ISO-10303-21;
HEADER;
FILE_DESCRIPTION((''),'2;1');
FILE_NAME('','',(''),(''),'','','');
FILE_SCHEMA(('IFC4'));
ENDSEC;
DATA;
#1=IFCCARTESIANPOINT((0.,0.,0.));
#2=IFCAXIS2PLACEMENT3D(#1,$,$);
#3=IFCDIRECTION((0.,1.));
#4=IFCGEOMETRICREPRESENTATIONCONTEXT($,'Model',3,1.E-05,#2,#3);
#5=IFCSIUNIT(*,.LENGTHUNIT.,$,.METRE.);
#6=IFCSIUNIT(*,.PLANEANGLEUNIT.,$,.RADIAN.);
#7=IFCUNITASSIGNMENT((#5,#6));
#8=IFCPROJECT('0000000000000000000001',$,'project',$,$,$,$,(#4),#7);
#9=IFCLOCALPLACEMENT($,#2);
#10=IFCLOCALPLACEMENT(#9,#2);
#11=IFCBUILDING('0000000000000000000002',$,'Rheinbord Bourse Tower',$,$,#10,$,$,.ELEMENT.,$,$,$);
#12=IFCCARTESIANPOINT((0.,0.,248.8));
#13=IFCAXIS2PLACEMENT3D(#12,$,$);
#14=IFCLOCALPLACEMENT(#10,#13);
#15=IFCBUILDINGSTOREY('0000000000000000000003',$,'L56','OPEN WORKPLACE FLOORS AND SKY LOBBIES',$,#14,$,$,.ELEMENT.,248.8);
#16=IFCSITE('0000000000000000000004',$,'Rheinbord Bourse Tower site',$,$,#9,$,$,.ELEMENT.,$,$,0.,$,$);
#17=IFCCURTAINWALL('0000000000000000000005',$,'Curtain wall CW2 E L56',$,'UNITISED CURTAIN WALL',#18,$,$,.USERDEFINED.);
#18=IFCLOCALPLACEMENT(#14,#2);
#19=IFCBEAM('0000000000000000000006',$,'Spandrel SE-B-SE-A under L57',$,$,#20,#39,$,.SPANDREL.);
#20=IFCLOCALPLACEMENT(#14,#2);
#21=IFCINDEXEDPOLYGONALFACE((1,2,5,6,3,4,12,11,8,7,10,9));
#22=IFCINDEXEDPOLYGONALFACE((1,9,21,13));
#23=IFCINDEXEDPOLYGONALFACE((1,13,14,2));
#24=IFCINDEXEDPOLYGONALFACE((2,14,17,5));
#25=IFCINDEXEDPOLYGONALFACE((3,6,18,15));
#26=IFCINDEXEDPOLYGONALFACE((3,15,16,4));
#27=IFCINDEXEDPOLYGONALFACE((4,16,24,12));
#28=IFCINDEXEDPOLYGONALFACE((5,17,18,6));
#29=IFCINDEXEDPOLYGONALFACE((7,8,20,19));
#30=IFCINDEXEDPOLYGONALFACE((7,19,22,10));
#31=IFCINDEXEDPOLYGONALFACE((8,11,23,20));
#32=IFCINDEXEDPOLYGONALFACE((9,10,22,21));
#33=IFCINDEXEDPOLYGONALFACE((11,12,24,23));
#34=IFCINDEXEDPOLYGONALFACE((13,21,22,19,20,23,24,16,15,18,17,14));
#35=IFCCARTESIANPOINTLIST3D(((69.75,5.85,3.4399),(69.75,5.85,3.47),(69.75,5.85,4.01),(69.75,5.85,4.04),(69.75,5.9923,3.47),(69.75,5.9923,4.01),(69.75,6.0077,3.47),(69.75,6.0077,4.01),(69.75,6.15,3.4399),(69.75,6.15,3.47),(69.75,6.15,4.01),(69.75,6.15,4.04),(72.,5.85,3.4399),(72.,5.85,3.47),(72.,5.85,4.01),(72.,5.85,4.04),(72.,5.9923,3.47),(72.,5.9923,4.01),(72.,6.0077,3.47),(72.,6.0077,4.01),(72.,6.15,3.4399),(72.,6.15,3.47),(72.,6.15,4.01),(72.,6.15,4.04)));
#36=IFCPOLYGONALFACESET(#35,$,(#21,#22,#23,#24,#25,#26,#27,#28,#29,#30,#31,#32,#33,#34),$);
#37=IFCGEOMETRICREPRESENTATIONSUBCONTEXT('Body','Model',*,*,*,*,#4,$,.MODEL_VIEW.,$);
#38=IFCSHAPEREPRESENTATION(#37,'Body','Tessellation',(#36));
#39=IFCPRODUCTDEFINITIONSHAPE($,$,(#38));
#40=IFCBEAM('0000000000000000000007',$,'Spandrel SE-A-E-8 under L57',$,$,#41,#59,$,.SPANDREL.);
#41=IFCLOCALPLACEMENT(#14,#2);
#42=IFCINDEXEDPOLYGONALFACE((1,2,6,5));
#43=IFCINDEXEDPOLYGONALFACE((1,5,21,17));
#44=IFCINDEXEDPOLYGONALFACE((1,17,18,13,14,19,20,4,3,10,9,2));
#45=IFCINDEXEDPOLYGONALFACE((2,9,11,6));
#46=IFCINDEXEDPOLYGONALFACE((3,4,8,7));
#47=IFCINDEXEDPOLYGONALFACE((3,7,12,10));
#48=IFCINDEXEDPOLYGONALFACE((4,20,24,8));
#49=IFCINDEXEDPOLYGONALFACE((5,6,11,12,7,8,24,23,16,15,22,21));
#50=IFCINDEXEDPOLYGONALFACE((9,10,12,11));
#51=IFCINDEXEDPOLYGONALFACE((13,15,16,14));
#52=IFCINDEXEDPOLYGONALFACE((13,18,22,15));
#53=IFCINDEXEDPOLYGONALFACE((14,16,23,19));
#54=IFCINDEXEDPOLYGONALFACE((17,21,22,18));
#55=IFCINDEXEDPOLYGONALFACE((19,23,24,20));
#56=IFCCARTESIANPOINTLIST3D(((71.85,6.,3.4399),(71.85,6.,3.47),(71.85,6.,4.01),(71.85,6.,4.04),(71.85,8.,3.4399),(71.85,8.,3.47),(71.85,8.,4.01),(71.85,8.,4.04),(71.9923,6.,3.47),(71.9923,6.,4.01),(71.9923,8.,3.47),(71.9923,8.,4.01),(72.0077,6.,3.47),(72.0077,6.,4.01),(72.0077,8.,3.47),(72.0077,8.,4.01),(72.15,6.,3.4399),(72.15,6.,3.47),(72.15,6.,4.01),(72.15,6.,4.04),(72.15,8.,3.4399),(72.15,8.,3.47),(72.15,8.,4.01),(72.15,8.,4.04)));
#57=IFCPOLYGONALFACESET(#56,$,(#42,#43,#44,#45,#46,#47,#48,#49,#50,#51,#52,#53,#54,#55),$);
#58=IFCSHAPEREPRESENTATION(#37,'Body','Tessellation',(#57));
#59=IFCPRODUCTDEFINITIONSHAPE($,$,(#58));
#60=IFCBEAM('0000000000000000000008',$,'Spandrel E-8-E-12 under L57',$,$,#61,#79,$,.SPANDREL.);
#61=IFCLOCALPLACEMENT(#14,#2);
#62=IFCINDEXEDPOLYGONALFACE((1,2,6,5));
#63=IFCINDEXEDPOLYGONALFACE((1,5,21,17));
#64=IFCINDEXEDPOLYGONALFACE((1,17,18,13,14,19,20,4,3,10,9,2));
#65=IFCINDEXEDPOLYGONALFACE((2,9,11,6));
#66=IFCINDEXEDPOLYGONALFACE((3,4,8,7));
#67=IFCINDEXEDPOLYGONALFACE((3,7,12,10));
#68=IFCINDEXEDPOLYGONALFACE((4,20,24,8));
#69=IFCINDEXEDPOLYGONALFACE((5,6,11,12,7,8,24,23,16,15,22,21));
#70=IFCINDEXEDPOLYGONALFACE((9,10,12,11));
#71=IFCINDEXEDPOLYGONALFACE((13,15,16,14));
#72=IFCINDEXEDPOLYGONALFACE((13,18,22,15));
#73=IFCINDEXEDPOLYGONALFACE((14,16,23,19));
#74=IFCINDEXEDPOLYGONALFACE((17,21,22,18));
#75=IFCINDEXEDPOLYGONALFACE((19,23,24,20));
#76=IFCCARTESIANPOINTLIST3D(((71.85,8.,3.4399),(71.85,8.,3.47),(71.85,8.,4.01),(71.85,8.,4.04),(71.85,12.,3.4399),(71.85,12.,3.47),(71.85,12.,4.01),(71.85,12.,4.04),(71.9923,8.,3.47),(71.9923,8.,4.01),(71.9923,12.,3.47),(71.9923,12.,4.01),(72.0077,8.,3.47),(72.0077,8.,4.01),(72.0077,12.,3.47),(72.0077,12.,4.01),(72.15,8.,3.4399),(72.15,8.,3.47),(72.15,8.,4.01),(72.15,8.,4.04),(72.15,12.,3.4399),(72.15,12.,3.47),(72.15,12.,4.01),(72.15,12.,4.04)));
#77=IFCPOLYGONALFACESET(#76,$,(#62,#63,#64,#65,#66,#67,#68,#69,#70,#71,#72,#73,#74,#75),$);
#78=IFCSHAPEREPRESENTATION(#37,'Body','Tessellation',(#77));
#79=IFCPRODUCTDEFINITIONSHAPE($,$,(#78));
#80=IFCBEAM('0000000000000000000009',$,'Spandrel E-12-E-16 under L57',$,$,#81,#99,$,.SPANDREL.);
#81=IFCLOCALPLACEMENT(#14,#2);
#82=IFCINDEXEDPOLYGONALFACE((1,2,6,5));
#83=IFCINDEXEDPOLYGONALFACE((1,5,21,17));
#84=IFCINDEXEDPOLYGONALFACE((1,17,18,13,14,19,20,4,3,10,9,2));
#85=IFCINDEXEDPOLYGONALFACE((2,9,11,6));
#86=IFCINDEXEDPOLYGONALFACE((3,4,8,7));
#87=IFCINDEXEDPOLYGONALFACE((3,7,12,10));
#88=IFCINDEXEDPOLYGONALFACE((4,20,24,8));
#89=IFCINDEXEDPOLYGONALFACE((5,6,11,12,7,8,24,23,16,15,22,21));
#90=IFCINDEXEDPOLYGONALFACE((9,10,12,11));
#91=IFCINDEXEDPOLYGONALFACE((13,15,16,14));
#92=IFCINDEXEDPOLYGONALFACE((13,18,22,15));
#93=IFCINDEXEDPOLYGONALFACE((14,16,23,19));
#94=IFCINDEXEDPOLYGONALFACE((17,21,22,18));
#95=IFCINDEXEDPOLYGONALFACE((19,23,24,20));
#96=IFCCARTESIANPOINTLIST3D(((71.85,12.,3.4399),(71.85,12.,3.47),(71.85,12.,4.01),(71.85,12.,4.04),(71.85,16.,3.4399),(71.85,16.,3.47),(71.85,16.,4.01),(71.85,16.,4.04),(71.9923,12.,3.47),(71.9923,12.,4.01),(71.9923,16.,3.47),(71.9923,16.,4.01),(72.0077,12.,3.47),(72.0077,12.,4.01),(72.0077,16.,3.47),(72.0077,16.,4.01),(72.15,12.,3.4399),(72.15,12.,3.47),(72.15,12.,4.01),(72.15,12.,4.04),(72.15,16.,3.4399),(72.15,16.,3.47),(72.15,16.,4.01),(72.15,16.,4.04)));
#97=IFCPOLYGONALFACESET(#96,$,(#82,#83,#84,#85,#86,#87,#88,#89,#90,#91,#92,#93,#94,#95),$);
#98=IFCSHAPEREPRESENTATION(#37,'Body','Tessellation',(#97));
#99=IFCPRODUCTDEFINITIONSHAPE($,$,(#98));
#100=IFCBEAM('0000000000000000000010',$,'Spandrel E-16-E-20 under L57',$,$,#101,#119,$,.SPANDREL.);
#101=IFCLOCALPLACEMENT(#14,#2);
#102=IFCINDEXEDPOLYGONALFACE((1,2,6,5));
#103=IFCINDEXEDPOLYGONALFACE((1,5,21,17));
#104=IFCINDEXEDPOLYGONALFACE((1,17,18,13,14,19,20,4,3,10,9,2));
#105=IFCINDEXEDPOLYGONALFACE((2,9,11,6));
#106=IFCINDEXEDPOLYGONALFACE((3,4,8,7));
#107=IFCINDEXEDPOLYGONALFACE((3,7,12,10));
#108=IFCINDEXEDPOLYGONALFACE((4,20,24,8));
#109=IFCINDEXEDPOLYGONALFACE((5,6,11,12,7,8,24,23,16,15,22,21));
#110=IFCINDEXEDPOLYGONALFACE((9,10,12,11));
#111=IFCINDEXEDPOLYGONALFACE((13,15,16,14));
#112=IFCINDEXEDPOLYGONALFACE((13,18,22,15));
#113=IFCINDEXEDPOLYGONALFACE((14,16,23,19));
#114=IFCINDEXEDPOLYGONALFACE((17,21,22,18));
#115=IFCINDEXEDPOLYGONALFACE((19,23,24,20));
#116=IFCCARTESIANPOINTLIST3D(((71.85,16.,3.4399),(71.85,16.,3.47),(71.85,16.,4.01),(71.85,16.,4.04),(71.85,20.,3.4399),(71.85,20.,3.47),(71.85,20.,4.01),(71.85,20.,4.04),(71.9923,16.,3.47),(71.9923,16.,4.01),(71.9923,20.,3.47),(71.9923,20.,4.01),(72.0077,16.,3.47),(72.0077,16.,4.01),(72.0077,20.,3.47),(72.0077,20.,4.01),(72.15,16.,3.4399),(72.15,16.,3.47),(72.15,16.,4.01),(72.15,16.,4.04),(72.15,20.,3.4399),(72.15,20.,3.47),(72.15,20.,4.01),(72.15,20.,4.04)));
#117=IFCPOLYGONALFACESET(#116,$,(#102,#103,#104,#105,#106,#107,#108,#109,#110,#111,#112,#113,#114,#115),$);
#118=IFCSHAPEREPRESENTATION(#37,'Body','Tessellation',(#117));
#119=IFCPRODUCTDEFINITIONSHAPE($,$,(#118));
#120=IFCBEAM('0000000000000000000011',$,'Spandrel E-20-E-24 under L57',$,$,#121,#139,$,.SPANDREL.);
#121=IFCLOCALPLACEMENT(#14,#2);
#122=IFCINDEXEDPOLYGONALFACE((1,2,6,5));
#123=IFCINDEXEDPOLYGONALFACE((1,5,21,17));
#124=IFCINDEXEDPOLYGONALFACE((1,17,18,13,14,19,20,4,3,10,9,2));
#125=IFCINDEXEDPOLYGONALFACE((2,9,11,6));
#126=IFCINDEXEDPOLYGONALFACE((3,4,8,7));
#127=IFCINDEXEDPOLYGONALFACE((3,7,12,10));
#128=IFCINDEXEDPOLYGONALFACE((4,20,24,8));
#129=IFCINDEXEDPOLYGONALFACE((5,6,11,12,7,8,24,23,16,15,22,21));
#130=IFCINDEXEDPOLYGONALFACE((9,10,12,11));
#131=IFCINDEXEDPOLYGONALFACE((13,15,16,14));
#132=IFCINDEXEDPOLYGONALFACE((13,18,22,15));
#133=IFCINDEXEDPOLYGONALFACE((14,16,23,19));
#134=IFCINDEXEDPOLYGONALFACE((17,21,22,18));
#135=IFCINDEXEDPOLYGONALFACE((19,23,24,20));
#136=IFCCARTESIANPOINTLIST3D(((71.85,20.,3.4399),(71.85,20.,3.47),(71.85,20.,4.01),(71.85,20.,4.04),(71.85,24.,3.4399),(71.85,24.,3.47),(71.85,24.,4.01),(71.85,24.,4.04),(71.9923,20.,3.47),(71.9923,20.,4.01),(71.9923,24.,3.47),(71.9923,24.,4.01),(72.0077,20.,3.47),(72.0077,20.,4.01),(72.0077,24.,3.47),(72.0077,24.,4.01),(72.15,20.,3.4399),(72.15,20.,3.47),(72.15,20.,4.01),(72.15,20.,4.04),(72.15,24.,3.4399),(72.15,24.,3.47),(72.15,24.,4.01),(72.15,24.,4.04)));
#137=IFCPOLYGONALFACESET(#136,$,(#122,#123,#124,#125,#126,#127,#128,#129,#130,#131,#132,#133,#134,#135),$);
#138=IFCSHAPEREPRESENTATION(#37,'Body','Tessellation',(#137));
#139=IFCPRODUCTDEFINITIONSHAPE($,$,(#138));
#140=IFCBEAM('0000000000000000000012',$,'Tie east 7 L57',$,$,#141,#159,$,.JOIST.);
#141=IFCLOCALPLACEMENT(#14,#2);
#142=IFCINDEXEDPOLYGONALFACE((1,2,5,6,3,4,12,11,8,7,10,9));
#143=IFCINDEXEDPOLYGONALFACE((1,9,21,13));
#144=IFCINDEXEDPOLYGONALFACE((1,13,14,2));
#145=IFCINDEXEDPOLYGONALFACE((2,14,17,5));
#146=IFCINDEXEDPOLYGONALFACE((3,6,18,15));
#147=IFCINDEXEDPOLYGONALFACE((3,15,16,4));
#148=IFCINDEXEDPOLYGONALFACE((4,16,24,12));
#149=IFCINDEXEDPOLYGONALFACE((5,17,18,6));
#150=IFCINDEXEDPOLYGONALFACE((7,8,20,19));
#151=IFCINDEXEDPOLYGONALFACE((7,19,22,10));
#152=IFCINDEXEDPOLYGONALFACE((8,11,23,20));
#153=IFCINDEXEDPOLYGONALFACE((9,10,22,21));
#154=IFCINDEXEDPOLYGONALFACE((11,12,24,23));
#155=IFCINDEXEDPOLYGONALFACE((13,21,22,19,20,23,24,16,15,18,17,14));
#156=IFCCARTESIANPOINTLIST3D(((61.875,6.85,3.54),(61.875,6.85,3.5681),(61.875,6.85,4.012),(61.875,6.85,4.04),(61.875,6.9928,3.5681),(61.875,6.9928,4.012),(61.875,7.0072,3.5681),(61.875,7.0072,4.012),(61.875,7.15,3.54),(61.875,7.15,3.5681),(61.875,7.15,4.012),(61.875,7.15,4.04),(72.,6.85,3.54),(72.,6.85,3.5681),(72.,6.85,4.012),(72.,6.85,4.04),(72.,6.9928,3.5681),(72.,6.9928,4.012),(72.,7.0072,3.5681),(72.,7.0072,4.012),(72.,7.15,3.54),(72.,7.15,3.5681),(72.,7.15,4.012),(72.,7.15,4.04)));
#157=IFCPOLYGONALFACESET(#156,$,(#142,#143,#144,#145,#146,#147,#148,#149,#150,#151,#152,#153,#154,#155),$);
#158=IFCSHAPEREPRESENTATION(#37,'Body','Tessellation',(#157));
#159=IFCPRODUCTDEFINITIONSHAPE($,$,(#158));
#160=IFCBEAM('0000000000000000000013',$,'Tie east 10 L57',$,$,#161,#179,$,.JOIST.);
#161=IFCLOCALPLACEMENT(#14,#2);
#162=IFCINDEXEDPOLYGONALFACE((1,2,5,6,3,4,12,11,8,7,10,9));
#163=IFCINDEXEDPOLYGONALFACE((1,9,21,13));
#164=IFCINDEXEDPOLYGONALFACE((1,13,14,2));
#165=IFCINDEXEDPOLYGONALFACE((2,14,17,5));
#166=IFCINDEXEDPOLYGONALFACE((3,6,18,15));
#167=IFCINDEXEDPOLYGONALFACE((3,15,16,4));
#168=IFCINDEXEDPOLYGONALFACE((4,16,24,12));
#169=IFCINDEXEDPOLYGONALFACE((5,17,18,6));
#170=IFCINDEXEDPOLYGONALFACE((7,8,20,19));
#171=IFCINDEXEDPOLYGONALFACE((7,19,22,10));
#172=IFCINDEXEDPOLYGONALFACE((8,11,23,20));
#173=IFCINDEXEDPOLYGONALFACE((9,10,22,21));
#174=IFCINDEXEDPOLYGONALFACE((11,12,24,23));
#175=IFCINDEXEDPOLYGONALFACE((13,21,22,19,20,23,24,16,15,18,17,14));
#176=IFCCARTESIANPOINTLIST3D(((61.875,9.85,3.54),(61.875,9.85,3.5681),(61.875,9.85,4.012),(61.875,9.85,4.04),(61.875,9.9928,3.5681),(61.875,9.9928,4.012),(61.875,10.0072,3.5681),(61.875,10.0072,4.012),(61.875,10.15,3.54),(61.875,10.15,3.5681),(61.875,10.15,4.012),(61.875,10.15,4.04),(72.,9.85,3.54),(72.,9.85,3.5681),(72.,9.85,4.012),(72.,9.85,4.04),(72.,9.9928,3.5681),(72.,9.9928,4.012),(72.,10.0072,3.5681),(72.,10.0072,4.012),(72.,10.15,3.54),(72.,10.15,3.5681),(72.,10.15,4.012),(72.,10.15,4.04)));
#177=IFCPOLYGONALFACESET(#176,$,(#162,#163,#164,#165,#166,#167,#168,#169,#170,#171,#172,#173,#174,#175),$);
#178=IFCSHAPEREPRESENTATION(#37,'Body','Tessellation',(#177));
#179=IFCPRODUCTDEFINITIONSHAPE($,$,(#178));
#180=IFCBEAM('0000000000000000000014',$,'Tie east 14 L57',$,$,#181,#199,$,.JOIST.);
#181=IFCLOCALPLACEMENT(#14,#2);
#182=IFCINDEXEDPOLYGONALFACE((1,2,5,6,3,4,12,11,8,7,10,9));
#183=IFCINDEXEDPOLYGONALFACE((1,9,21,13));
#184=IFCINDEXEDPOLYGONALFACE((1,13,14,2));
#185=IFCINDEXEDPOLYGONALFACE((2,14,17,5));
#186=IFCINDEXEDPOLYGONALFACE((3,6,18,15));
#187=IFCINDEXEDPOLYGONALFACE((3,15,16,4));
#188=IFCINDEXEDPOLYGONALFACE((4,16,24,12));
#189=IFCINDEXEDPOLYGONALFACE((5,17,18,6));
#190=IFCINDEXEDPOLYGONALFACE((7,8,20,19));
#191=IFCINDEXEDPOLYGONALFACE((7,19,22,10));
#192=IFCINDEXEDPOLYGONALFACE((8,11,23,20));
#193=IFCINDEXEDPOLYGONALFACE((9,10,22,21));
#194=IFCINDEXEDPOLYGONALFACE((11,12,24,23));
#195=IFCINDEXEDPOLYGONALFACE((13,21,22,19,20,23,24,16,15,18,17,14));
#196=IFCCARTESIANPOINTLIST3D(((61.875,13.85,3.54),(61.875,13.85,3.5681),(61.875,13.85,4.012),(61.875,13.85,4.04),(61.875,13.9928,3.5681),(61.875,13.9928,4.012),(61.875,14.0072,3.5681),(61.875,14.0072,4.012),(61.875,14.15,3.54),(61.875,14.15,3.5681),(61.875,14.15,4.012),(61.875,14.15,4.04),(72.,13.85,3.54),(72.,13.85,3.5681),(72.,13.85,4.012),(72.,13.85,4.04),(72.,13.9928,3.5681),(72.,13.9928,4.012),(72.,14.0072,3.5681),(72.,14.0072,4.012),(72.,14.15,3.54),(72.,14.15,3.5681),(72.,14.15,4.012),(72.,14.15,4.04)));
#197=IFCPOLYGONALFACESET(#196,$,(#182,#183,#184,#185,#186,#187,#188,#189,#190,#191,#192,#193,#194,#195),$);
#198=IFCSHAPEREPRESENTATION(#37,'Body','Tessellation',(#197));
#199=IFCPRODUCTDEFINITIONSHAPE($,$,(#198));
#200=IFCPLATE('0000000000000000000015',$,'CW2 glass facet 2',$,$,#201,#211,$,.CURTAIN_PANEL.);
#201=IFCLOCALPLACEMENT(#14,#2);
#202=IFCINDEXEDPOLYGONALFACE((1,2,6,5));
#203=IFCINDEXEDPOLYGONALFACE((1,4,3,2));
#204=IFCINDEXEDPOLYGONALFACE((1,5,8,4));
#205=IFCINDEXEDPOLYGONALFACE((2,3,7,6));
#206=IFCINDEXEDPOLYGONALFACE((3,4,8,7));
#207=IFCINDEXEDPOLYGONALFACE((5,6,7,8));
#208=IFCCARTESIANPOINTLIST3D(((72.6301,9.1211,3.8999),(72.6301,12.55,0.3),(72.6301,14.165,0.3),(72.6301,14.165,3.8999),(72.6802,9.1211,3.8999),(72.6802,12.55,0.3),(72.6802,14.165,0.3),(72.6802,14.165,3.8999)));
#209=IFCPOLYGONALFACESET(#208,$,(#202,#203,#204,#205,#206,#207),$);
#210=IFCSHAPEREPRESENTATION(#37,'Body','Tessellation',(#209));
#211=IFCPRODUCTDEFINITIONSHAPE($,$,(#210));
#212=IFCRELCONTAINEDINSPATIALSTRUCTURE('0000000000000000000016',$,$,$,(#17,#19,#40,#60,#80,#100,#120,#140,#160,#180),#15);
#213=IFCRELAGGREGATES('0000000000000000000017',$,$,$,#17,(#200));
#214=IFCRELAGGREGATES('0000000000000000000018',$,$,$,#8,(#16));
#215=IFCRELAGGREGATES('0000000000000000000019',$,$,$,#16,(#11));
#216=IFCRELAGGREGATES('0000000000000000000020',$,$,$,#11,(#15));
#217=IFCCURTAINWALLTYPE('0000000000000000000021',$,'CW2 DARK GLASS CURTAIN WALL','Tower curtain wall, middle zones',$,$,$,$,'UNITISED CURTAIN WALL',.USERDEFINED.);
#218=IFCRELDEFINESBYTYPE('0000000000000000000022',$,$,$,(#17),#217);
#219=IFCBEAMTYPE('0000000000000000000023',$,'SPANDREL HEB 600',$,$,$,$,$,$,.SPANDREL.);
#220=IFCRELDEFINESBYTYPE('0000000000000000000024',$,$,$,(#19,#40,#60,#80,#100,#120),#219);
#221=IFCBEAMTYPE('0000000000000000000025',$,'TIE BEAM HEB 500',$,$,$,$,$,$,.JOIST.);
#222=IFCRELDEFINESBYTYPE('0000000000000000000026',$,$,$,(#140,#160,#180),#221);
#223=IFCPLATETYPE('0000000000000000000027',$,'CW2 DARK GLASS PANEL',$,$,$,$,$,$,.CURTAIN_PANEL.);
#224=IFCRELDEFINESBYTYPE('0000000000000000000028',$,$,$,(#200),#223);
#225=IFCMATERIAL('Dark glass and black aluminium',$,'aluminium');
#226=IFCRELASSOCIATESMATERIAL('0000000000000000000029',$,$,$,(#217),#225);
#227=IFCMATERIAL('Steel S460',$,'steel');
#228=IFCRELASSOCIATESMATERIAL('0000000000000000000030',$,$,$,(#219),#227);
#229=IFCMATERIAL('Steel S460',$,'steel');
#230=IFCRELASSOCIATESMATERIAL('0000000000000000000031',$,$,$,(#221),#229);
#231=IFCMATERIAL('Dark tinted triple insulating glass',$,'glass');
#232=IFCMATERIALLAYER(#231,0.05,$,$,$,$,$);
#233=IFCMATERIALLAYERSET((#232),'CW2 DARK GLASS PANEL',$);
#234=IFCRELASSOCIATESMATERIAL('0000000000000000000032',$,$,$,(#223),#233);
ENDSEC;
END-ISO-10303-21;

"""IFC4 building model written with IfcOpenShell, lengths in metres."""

from ifc_helpers import new_model, si_unit, direction, frame, origin, origin_2d, place, context, subcontext, project, spatial, polyline, i_section, outline, extrude, material, layer, layer_set, material_profile, profile_set, type_object, element, aggregate, save


model = new_model("IFC4")

# Units and contexts
model_context = context("Model", 3, precision=1e-05, world=origin(), true_north=direction((0.0, 1.0)))
body_context = subcontext(model_context, "Body", "Model", "MODEL_VIEW")
ifc_project = project(units=[si_unit("LENGTHUNIT", "METRE"), si_unit("PLANEANGLEUNIT", "RADIAN")], contexts=[model_context])

# Site, building, storey
site_placement = place(None, origin())
site = spatial("IfcSite", under=ifc_project, at=site_placement, Name="Rheinbord Bourse Tower site", CompositionType="ELEMENT", RefElevation=0.0)
building_placement = place(site_placement, origin())
building = spatial("IfcBuilding", under=site, at=building_placement, Name="Rheinbord Bourse Tower", CompositionType="ELEMENT")
storey_placement = place(building_placement, frame((0.0, 0.0, 248.8)))
storey = spatial("IfcBuildingStorey", under=building, at=storey_placement, Name="L56", Description="OPEN WORKPLACE FLOORS AND SKY LOBBIES", CompositionType="ELEMENT", Elevation=248.8)

# Curtain wall
ifc_material_1 = material(Name="Dark glass and black aluminium", Category="aluminium")
curtain_wall_type = type_object("IfcCurtainWallType", Name="CW2 DARK GLASS CURTAIN WALL", Description="Tower curtain wall, middle zones", ElementType="UNITISED CURTAIN WALL", PredefinedType="USERDEFINED", material=ifc_material_1)
curtain_wall_placement = place(storey_placement, origin())
curtain_wall = element("IfcCurtainWall", 1, at=curtain_wall_placement, inside=storey, type_object=curtain_wall_type, Name="Curtain wall CW2 E L56", ObjectType="UNITISED CURTAIN WALL", PredefinedType="USERDEFINED")

# Beams
ifc_material_2 = material(Name="Steel S460", Category="steel")
ifc_material_profile_1 = material_profile(ifc_material_2, i_section(OverallWidth=0.3, OverallDepth=0.6001, WebThickness=0.0154, FlangeThickness=0.03, at=origin_2d()), Name="HEB 600")
ifc_profile_set_1 = profile_set([ifc_material_profile_1], Name="Steel S460")
beam_type_1 = type_object("IfcBeamType", Name="SPANDREL HEB 600", PredefinedType="SPANDREL", material=ifc_profile_set_1)
beam_1_placement = place(storey_placement, frame((69.75, 6.0, 3.74), z_axis=(1.0, 0.0, 0.0), x_axis=(0.0, 1.0, 0.0)))
element("IfcBeam", 2, at=beam_1_placement, inside=storey, type_object=beam_type_1, Name="Spandrel SE-B-SE-A under L57", PredefinedType="SPANDREL", context=body_context, shape_type="SweptSolid", body=[
    extrude(i_section(OverallWidth=0.3, OverallDepth=0.6001, WebThickness=0.0154, FlangeThickness=0.03, at=origin_2d()), origin(), (0.0, 0.0, 1.0), 2.25),
])
beam_2_placement = place(storey_placement, frame((72.0, 6.0, 3.74), z_axis=(0.0, 1.0, 0.0), x_axis=(-1.0, 0.0, 0.0)))
element("IfcBeam", 3, at=beam_2_placement, inside=storey, type_object=beam_type_1, Name="Spandrel SE-A-E-8 under L57", PredefinedType="SPANDREL", context=body_context, shape_type="SweptSolid", body=[
    extrude(i_section(OverallWidth=0.3, OverallDepth=0.6001, WebThickness=0.0154, FlangeThickness=0.03, at=origin_2d()), origin(), (0.0, 0.0, 1.0), 2.0),
])
for number, where, z_axis, x_axis, name in (
    (4, (72.0, 8.0, 3.74), (0.0, 1.0, 0.0), (-1.0, 0.0, 0.0), "Spandrel E-8-E-12 under L57"),
    (5, (72.0, 12.0, 3.74), (0.0, 1.0, 0.0), (-1.0, 0.0, 0.0), "Spandrel E-12-E-16 under L57"),
    (6, (72.0, 16.0, 3.74), (0.0, 1.0, 0.0), (-1.0, 0.0, 0.0), "Spandrel E-16-E-20 under L57"),
    (7, (72.0, 20.0, 3.74), (0.0, 1.0, 0.0), (-1.0, 0.0, 0.0), "Spandrel E-20-E-24 under L57"),
):
    element("IfcBeam", number, at=place(storey_placement, frame(where, z_axis=z_axis, x_axis=x_axis)), inside=storey, type_object=beam_type_1, Name=name, PredefinedType="SPANDREL", context=body_context, shape_type="SweptSolid", body=[
        extrude(i_section(OverallWidth=0.3, OverallDepth=0.6001, WebThickness=0.0154, FlangeThickness=0.03, at=origin_2d()), origin(), (0.0, 0.0, 1.0), 4.0),
    ])
ifc_material_3 = material(Name="Steel S460", Category="steel")
ifc_material_profile_2 = material_profile(ifc_material_3, i_section(OverallWidth=0.3, OverallDepth=0.5, WebThickness=0.0144, FlangeThickness=0.0281, at=origin_2d()), Name="HEB 500")
ifc_profile_set_2 = profile_set([ifc_material_profile_2], Name="Steel S460")
beam_type_2 = type_object("IfcBeamType", Name="TIE BEAM HEB 500", PredefinedType="JOIST", material=ifc_profile_set_2)
for number, where, z_axis, x_axis, name in (
    (8, (61.875, 7.0, 3.79), (1.0, 0.0, 0.0), (0.0, 1.0, 0.0), "Tie east 7 L57"),
    (9, (61.875, 10.0, 3.79), (1.0, 0.0, 0.0), (0.0, 1.0, 0.0), "Tie east 10 L57"),
    (10, (61.875, 14.0, 3.79), (1.0, 0.0, 0.0), (0.0, 1.0, 0.0), "Tie east 14 L57"),
):
    element("IfcBeam", number, at=place(storey_placement, frame(where, z_axis=z_axis, x_axis=x_axis)), inside=storey, type_object=beam_type_2, Name=name, PredefinedType="JOIST", context=body_context, shape_type="SweptSolid", body=[
        extrude(i_section(OverallWidth=0.3, OverallDepth=0.5, WebThickness=0.0144, FlangeThickness=0.0281, at=origin_2d()), origin(), (0.0, 0.0, 1.0), 10.125),
    ])

# Plate
ifc_material_4 = material(Name="Dark tinted triple insulating glass", Category="glass")
ifc_layer_1 = layer(ifc_material_4, 0.05)
ifc_layer_set_1 = layer_set([ifc_layer_1], Name="CW2 DARK GLASS PANEL")
plate_type = type_object("IfcPlateType", Name="CW2 DARK GLASS PANEL", PredefinedType="CURTAIN_PANEL", material=ifc_layer_set_1)
plate_1_placement = place(storey_placement, frame((72.6802, 14.165, 3.8999), z_axis=(-1.0, 0.0, 0.0), x_axis=(0.0, 0.0, -1.0)))
plate_1 = element("IfcPlate", 11, at=plate_1_placement, type_object=plate_type, Name="CW2 glass facet 2", PredefinedType="CURTAIN_PANEL", context=body_context, shape_type="SweptSolid", body=[
    extrude(outline(polyline([(0.0, 0.0), (3.5999, 0.0), (3.5999, 1.615), (0.0, 5.0439), (0.0, 0.0)])), origin(), (0.0, 0.0, 1.0), 0.05),
])
aggregate(curtain_wall, [plate_1])

save(model, "model.ifc")
